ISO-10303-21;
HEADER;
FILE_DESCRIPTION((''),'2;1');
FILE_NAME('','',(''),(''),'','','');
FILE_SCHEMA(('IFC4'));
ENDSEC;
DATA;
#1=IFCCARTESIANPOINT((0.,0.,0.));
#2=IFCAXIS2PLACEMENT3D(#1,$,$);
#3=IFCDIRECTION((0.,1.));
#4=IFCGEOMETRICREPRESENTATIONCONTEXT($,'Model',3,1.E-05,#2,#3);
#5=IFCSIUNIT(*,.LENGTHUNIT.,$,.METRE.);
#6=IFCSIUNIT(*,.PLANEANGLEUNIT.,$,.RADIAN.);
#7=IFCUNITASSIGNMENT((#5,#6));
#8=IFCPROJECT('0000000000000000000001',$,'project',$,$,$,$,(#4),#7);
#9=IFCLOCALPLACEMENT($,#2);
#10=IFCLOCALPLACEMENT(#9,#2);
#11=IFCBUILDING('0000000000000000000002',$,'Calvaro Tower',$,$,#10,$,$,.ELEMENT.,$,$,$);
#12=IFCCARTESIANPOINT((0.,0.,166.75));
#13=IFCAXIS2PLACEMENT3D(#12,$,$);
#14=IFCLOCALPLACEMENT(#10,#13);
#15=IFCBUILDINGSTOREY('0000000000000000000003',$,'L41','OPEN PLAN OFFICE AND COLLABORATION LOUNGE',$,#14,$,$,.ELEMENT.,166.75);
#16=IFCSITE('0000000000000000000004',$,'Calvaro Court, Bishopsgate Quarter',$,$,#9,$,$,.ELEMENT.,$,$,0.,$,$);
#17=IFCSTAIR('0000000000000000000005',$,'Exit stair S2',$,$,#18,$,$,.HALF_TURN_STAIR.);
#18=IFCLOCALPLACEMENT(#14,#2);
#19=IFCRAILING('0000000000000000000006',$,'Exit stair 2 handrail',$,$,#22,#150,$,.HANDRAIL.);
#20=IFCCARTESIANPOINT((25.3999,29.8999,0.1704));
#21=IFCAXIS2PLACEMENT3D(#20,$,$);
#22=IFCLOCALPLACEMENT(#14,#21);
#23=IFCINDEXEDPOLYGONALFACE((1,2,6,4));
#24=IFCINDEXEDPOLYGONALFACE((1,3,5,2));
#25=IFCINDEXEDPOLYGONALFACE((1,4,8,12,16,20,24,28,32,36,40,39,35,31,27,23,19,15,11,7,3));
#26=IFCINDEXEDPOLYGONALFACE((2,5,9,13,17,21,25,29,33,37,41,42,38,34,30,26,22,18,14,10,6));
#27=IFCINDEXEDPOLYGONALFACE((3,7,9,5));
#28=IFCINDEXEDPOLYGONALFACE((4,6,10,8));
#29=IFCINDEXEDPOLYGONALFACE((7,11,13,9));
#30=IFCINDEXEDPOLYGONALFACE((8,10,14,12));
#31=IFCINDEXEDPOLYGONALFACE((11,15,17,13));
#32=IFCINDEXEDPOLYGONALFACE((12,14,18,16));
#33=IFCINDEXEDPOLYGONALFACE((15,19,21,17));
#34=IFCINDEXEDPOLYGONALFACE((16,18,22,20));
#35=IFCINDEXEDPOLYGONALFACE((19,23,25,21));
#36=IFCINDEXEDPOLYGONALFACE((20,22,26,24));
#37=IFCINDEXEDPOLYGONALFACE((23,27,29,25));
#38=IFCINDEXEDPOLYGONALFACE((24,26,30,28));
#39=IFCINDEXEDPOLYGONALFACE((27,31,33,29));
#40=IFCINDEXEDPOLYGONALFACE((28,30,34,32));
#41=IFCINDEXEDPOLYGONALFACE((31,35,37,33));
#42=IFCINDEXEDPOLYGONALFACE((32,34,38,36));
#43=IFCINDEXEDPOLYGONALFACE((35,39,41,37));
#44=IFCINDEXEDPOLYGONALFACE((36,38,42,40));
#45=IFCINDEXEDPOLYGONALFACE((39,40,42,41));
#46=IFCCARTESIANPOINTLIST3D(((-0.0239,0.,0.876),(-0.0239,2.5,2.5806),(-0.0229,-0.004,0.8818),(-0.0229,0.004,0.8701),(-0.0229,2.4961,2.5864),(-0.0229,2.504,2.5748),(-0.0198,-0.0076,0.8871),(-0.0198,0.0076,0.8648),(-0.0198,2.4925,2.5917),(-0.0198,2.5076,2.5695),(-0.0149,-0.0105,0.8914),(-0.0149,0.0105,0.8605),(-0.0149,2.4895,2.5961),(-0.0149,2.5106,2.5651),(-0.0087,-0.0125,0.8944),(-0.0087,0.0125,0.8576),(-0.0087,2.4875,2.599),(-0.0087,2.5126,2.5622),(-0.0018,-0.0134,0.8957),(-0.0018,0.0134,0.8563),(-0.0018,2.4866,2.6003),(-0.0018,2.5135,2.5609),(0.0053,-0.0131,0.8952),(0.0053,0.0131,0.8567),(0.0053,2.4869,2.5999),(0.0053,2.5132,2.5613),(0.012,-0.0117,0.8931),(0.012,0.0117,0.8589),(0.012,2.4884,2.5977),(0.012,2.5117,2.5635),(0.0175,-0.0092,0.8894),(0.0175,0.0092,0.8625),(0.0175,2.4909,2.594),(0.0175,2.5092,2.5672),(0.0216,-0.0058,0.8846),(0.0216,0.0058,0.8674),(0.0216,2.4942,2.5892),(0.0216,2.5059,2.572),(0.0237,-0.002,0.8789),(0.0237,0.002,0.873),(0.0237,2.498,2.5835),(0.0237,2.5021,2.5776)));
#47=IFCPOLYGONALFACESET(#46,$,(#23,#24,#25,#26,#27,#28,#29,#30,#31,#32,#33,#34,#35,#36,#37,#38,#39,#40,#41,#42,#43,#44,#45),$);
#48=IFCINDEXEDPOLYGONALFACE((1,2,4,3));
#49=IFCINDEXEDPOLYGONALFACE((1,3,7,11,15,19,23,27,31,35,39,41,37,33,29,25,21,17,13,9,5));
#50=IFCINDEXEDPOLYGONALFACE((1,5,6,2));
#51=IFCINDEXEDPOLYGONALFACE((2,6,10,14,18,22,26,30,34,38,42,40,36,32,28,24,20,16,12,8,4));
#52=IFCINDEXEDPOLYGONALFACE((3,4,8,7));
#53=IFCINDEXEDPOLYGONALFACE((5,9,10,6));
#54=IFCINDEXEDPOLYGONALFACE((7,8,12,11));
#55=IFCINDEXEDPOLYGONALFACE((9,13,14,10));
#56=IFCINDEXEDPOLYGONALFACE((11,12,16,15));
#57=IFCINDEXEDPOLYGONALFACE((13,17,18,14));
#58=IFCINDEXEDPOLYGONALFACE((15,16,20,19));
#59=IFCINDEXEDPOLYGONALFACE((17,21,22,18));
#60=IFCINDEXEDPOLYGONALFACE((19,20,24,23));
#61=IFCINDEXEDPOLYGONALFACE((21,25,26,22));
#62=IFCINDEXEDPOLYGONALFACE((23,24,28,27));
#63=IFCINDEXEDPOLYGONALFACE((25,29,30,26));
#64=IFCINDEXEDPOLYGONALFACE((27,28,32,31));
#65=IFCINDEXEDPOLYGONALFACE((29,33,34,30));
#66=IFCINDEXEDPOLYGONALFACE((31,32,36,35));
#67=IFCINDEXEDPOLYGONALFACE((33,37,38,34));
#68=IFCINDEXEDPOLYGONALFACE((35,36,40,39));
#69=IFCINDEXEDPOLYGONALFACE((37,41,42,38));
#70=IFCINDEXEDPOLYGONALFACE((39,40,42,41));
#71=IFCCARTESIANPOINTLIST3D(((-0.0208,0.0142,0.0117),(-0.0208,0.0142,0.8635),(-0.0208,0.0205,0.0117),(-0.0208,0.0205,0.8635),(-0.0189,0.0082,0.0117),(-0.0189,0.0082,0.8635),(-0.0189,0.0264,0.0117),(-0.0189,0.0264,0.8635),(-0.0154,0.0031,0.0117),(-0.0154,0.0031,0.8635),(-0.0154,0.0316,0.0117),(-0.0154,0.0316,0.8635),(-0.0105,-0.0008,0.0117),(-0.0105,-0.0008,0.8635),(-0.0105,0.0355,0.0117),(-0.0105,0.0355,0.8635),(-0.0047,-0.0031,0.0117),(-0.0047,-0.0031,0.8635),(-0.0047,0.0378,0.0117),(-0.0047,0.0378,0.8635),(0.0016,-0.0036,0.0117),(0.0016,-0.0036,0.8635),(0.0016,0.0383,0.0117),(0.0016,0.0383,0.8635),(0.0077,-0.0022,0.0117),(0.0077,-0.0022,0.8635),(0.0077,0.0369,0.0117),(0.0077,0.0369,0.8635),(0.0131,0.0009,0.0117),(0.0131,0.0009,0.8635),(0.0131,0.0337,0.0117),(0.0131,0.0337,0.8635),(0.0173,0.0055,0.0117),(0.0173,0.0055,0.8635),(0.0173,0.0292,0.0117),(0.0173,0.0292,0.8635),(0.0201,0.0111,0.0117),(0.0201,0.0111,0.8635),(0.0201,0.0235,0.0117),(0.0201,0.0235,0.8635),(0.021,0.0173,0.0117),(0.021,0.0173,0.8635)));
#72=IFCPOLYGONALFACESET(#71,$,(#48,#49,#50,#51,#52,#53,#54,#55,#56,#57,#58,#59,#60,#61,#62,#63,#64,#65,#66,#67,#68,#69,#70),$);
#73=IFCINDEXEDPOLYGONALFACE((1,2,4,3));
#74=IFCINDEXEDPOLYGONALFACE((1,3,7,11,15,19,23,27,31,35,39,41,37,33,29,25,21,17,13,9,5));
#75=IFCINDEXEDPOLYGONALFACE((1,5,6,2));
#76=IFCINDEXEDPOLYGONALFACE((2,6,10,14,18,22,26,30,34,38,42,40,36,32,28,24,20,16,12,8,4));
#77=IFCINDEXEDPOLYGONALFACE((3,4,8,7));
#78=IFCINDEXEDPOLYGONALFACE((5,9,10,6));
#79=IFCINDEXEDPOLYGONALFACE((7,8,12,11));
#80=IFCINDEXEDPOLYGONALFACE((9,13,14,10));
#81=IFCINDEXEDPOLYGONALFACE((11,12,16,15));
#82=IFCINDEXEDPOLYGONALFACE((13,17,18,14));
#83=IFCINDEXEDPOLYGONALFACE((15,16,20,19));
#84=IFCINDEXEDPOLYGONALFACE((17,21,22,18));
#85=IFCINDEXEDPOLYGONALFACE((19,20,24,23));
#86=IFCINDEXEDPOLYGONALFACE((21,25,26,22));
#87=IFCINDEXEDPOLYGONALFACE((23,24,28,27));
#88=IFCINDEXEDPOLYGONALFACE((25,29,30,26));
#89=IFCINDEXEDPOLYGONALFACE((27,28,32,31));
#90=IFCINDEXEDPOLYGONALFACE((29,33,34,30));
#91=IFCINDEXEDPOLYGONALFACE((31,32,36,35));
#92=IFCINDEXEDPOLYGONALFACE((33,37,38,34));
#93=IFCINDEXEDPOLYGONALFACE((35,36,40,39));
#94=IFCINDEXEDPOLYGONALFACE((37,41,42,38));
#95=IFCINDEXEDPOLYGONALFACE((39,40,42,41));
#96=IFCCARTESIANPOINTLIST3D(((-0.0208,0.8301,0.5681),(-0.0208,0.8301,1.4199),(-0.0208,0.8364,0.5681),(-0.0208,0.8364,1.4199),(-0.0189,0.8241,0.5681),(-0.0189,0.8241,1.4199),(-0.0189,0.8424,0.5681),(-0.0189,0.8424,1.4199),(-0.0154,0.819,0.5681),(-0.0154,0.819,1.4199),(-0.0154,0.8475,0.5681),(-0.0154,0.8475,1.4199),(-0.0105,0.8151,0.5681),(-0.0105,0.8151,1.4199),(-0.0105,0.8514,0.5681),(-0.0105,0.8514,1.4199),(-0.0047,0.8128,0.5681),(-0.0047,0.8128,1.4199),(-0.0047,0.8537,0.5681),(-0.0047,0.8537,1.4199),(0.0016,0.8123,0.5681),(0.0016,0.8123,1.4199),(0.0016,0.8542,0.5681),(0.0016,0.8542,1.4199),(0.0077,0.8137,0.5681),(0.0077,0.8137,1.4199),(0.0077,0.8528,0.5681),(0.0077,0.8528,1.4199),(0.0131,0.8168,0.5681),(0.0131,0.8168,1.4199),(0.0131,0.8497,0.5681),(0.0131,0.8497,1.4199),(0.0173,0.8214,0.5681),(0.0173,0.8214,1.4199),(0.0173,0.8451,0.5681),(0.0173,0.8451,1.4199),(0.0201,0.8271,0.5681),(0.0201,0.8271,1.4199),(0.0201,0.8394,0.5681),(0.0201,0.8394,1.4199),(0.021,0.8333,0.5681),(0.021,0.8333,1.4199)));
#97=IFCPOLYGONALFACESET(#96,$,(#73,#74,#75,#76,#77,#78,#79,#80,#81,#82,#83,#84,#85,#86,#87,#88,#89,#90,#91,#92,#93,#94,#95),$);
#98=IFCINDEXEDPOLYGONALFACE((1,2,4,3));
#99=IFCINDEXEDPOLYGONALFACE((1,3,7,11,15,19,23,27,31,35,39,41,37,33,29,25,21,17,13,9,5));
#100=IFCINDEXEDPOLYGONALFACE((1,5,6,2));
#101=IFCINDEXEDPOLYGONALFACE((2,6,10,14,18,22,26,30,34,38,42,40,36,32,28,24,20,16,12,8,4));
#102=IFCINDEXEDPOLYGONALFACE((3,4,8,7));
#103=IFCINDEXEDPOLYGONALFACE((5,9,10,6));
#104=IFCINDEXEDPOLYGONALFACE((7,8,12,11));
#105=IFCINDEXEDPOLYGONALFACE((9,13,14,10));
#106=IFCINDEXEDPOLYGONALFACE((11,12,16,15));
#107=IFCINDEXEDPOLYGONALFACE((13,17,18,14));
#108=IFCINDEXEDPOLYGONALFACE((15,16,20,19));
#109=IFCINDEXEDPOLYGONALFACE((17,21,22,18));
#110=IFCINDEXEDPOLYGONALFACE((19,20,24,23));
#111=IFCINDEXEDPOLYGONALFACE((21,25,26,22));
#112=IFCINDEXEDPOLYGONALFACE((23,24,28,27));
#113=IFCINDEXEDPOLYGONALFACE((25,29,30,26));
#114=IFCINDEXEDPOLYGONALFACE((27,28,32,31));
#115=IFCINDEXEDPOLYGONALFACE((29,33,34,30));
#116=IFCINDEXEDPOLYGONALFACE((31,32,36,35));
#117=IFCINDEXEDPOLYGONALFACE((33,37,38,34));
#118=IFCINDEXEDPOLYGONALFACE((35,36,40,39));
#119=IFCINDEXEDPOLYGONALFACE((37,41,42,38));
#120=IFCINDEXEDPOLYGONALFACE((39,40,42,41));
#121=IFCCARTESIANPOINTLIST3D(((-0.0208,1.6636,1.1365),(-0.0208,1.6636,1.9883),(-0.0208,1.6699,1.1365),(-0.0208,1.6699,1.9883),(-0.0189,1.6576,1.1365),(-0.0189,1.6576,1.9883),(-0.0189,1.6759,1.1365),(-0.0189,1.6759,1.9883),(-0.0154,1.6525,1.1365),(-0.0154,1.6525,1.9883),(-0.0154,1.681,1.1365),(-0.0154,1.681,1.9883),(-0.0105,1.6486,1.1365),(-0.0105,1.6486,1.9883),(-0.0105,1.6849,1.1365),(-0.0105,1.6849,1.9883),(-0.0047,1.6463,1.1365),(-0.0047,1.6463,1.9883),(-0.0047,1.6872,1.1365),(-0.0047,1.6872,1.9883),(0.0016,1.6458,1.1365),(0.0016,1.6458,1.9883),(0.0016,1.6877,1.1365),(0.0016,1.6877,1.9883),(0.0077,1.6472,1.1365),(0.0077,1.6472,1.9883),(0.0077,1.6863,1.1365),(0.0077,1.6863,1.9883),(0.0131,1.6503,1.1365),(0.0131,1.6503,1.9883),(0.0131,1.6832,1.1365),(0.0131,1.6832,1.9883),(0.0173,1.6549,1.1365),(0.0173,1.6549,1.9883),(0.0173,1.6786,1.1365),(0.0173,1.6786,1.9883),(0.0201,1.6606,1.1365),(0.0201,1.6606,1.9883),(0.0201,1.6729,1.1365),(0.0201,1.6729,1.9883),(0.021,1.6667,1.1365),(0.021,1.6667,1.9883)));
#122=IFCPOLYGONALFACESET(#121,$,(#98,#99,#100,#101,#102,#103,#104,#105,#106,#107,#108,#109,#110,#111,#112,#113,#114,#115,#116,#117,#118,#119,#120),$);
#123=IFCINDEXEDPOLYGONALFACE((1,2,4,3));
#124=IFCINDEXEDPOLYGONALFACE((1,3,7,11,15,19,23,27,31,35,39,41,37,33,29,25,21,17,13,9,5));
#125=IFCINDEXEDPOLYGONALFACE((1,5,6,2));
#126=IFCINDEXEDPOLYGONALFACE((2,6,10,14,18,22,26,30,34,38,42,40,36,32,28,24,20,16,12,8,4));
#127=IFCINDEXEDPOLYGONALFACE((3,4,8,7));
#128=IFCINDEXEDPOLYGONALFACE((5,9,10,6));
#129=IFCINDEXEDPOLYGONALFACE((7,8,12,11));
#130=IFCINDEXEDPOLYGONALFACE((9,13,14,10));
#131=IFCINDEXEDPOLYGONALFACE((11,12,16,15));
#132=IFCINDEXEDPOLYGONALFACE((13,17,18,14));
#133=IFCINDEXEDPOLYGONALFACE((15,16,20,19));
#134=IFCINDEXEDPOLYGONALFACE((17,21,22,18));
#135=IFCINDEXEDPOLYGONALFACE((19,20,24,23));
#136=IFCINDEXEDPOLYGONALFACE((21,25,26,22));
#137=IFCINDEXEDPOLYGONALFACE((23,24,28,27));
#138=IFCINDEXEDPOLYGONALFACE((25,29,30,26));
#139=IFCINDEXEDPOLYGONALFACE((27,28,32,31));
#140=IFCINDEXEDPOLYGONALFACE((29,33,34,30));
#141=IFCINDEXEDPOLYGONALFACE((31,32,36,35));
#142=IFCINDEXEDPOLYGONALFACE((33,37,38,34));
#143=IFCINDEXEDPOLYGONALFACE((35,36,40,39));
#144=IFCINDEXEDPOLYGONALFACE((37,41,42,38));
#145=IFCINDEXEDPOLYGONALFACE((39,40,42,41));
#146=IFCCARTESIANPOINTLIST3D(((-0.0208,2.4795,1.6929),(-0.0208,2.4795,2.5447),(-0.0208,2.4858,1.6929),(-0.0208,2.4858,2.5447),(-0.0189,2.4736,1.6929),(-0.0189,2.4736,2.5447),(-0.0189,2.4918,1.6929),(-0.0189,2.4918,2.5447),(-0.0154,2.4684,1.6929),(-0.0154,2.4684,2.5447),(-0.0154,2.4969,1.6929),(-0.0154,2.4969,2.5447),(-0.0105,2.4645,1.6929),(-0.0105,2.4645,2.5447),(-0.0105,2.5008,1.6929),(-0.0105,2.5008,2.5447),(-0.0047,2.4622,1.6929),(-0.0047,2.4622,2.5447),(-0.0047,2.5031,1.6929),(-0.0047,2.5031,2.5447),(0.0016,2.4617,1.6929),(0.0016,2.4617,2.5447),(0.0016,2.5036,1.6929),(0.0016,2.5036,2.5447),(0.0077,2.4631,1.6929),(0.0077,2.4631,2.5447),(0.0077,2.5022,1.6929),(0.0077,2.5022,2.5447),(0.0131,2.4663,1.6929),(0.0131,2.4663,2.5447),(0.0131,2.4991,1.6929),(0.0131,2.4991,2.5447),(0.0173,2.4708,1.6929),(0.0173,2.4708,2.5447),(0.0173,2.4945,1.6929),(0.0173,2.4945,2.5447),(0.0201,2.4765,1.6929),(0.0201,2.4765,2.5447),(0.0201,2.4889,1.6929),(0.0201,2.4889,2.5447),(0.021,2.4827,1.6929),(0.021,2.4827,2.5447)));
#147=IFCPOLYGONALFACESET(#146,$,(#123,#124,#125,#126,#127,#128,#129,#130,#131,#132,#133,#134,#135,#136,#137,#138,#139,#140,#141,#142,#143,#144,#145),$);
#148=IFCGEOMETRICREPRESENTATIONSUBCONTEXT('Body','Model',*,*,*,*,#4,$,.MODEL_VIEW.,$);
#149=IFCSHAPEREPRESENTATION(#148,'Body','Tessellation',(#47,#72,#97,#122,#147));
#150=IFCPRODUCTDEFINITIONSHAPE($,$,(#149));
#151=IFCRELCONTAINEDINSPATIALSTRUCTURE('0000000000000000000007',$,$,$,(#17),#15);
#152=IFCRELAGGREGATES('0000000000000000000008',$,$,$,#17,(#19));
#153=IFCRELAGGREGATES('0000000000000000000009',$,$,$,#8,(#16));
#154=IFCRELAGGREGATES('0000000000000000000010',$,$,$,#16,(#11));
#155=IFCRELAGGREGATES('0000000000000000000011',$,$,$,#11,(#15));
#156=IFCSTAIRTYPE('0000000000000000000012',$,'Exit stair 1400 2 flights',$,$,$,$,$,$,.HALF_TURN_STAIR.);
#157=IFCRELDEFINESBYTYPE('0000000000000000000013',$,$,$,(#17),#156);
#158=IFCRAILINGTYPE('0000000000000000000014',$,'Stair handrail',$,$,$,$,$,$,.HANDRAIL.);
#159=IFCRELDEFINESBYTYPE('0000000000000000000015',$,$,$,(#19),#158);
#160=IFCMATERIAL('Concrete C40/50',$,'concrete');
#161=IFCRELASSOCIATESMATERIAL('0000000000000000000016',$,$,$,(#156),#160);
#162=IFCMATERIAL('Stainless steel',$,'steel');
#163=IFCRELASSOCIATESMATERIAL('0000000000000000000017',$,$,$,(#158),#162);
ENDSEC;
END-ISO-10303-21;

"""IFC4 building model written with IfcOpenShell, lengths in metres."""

from ifc_helpers import new_model, si_unit, direction, frame, origin, origin_2d, place, context, subcontext, project, spatial, circle, extrude, material, type_object, element, aggregate, save


model = new_model("IFC4")

# Units and contexts
model_context = context("Model", 3, precision=1e-05, world=origin(), true_north=direction((0.0, 1.0)))
body_context = subcontext(model_context, "Body", "Model", "MODEL_VIEW")
ifc_project = project(units=[si_unit("LENGTHUNIT", "METRE"), si_unit("PLANEANGLEUNIT", "RADIAN")], contexts=[model_context])

# Site, building, storey
site_placement = place(None, origin())
site = spatial("IfcSite", under=ifc_project, at=site_placement, Name="Calvaro Court, Bishopsgate Quarter", CompositionType="ELEMENT", RefElevation=0.0)
building_placement = place(site_placement, origin())
building = spatial("IfcBuilding", under=site, at=building_placement, Name="Calvaro Tower", CompositionType="ELEMENT")
storey_placement = place(building_placement, frame((0.0, 0.0, 166.75)))
storey = spatial("IfcBuildingStorey", under=building, at=storey_placement, Name="L41", Description="OPEN PLAN OFFICE AND COLLABORATION LOUNGE", CompositionType="ELEMENT", Elevation=166.75)

# Stair, railing
ifc_material_1 = material(Name="Concrete C40/50", Category="concrete")
stair_type = type_object("IfcStairType", Name="Exit stair 1400 2 flights", PredefinedType="HALF_TURN_STAIR", material=ifc_material_1)
stair_placement = place(storey_placement, origin())
stair = element("IfcStair", 1, at=stair_placement, inside=storey, type_object=stair_type, Name="Exit stair S2", PredefinedType="HALF_TURN_STAIR")
ifc_material_2 = material(Name="Stainless steel", Category="steel")
railing_type = type_object("IfcRailingType", Name="Stair handrail", PredefinedType="HANDRAIL", material=ifc_material_2)
railing_1_placement = place(storey_placement, frame((25.3999, 29.8999, 0.1704)))
railing_1 = element("IfcRailing", 2, at=railing_1_placement, type_object=railing_type, Name="Exit stair 2 handrail", PredefinedType="HANDRAIL", context=body_context, shape_type="SweptSolid", body=[
    extrude(circle(Radius=0.0239, at=origin_2d()), frame((0.0, 0.0, 0.876), z_axis=(0.0, 0.826221, 0.563347), x_axis=(-1.0, 0.0, 0.0)), (0.0, 0.0, 1.0), 3.0259),
    extrude(circle(Radius=0.021, at=origin_2d()), frame((0.0, 0.0173, 0.0117)), (0.0, 0.0, 1.0), 0.8518),
    extrude(circle(Radius=0.021, at=origin_2d()), frame((0.0, 0.8333, 0.5681)), (0.0, 0.0, 1.0), 0.8518),
    extrude(circle(Radius=0.021, at=origin_2d()), frame((0.0, 1.6667, 1.1365)), (0.0, 0.0, 1.0), 0.8518),
    extrude(circle(Radius=0.021, at=origin_2d()), frame((0.0, 2.4827, 1.6929)), (0.0, 0.0, 1.0), 0.8518),
])
aggregate(stair, [railing_1])

save(model, "model.ifc")
